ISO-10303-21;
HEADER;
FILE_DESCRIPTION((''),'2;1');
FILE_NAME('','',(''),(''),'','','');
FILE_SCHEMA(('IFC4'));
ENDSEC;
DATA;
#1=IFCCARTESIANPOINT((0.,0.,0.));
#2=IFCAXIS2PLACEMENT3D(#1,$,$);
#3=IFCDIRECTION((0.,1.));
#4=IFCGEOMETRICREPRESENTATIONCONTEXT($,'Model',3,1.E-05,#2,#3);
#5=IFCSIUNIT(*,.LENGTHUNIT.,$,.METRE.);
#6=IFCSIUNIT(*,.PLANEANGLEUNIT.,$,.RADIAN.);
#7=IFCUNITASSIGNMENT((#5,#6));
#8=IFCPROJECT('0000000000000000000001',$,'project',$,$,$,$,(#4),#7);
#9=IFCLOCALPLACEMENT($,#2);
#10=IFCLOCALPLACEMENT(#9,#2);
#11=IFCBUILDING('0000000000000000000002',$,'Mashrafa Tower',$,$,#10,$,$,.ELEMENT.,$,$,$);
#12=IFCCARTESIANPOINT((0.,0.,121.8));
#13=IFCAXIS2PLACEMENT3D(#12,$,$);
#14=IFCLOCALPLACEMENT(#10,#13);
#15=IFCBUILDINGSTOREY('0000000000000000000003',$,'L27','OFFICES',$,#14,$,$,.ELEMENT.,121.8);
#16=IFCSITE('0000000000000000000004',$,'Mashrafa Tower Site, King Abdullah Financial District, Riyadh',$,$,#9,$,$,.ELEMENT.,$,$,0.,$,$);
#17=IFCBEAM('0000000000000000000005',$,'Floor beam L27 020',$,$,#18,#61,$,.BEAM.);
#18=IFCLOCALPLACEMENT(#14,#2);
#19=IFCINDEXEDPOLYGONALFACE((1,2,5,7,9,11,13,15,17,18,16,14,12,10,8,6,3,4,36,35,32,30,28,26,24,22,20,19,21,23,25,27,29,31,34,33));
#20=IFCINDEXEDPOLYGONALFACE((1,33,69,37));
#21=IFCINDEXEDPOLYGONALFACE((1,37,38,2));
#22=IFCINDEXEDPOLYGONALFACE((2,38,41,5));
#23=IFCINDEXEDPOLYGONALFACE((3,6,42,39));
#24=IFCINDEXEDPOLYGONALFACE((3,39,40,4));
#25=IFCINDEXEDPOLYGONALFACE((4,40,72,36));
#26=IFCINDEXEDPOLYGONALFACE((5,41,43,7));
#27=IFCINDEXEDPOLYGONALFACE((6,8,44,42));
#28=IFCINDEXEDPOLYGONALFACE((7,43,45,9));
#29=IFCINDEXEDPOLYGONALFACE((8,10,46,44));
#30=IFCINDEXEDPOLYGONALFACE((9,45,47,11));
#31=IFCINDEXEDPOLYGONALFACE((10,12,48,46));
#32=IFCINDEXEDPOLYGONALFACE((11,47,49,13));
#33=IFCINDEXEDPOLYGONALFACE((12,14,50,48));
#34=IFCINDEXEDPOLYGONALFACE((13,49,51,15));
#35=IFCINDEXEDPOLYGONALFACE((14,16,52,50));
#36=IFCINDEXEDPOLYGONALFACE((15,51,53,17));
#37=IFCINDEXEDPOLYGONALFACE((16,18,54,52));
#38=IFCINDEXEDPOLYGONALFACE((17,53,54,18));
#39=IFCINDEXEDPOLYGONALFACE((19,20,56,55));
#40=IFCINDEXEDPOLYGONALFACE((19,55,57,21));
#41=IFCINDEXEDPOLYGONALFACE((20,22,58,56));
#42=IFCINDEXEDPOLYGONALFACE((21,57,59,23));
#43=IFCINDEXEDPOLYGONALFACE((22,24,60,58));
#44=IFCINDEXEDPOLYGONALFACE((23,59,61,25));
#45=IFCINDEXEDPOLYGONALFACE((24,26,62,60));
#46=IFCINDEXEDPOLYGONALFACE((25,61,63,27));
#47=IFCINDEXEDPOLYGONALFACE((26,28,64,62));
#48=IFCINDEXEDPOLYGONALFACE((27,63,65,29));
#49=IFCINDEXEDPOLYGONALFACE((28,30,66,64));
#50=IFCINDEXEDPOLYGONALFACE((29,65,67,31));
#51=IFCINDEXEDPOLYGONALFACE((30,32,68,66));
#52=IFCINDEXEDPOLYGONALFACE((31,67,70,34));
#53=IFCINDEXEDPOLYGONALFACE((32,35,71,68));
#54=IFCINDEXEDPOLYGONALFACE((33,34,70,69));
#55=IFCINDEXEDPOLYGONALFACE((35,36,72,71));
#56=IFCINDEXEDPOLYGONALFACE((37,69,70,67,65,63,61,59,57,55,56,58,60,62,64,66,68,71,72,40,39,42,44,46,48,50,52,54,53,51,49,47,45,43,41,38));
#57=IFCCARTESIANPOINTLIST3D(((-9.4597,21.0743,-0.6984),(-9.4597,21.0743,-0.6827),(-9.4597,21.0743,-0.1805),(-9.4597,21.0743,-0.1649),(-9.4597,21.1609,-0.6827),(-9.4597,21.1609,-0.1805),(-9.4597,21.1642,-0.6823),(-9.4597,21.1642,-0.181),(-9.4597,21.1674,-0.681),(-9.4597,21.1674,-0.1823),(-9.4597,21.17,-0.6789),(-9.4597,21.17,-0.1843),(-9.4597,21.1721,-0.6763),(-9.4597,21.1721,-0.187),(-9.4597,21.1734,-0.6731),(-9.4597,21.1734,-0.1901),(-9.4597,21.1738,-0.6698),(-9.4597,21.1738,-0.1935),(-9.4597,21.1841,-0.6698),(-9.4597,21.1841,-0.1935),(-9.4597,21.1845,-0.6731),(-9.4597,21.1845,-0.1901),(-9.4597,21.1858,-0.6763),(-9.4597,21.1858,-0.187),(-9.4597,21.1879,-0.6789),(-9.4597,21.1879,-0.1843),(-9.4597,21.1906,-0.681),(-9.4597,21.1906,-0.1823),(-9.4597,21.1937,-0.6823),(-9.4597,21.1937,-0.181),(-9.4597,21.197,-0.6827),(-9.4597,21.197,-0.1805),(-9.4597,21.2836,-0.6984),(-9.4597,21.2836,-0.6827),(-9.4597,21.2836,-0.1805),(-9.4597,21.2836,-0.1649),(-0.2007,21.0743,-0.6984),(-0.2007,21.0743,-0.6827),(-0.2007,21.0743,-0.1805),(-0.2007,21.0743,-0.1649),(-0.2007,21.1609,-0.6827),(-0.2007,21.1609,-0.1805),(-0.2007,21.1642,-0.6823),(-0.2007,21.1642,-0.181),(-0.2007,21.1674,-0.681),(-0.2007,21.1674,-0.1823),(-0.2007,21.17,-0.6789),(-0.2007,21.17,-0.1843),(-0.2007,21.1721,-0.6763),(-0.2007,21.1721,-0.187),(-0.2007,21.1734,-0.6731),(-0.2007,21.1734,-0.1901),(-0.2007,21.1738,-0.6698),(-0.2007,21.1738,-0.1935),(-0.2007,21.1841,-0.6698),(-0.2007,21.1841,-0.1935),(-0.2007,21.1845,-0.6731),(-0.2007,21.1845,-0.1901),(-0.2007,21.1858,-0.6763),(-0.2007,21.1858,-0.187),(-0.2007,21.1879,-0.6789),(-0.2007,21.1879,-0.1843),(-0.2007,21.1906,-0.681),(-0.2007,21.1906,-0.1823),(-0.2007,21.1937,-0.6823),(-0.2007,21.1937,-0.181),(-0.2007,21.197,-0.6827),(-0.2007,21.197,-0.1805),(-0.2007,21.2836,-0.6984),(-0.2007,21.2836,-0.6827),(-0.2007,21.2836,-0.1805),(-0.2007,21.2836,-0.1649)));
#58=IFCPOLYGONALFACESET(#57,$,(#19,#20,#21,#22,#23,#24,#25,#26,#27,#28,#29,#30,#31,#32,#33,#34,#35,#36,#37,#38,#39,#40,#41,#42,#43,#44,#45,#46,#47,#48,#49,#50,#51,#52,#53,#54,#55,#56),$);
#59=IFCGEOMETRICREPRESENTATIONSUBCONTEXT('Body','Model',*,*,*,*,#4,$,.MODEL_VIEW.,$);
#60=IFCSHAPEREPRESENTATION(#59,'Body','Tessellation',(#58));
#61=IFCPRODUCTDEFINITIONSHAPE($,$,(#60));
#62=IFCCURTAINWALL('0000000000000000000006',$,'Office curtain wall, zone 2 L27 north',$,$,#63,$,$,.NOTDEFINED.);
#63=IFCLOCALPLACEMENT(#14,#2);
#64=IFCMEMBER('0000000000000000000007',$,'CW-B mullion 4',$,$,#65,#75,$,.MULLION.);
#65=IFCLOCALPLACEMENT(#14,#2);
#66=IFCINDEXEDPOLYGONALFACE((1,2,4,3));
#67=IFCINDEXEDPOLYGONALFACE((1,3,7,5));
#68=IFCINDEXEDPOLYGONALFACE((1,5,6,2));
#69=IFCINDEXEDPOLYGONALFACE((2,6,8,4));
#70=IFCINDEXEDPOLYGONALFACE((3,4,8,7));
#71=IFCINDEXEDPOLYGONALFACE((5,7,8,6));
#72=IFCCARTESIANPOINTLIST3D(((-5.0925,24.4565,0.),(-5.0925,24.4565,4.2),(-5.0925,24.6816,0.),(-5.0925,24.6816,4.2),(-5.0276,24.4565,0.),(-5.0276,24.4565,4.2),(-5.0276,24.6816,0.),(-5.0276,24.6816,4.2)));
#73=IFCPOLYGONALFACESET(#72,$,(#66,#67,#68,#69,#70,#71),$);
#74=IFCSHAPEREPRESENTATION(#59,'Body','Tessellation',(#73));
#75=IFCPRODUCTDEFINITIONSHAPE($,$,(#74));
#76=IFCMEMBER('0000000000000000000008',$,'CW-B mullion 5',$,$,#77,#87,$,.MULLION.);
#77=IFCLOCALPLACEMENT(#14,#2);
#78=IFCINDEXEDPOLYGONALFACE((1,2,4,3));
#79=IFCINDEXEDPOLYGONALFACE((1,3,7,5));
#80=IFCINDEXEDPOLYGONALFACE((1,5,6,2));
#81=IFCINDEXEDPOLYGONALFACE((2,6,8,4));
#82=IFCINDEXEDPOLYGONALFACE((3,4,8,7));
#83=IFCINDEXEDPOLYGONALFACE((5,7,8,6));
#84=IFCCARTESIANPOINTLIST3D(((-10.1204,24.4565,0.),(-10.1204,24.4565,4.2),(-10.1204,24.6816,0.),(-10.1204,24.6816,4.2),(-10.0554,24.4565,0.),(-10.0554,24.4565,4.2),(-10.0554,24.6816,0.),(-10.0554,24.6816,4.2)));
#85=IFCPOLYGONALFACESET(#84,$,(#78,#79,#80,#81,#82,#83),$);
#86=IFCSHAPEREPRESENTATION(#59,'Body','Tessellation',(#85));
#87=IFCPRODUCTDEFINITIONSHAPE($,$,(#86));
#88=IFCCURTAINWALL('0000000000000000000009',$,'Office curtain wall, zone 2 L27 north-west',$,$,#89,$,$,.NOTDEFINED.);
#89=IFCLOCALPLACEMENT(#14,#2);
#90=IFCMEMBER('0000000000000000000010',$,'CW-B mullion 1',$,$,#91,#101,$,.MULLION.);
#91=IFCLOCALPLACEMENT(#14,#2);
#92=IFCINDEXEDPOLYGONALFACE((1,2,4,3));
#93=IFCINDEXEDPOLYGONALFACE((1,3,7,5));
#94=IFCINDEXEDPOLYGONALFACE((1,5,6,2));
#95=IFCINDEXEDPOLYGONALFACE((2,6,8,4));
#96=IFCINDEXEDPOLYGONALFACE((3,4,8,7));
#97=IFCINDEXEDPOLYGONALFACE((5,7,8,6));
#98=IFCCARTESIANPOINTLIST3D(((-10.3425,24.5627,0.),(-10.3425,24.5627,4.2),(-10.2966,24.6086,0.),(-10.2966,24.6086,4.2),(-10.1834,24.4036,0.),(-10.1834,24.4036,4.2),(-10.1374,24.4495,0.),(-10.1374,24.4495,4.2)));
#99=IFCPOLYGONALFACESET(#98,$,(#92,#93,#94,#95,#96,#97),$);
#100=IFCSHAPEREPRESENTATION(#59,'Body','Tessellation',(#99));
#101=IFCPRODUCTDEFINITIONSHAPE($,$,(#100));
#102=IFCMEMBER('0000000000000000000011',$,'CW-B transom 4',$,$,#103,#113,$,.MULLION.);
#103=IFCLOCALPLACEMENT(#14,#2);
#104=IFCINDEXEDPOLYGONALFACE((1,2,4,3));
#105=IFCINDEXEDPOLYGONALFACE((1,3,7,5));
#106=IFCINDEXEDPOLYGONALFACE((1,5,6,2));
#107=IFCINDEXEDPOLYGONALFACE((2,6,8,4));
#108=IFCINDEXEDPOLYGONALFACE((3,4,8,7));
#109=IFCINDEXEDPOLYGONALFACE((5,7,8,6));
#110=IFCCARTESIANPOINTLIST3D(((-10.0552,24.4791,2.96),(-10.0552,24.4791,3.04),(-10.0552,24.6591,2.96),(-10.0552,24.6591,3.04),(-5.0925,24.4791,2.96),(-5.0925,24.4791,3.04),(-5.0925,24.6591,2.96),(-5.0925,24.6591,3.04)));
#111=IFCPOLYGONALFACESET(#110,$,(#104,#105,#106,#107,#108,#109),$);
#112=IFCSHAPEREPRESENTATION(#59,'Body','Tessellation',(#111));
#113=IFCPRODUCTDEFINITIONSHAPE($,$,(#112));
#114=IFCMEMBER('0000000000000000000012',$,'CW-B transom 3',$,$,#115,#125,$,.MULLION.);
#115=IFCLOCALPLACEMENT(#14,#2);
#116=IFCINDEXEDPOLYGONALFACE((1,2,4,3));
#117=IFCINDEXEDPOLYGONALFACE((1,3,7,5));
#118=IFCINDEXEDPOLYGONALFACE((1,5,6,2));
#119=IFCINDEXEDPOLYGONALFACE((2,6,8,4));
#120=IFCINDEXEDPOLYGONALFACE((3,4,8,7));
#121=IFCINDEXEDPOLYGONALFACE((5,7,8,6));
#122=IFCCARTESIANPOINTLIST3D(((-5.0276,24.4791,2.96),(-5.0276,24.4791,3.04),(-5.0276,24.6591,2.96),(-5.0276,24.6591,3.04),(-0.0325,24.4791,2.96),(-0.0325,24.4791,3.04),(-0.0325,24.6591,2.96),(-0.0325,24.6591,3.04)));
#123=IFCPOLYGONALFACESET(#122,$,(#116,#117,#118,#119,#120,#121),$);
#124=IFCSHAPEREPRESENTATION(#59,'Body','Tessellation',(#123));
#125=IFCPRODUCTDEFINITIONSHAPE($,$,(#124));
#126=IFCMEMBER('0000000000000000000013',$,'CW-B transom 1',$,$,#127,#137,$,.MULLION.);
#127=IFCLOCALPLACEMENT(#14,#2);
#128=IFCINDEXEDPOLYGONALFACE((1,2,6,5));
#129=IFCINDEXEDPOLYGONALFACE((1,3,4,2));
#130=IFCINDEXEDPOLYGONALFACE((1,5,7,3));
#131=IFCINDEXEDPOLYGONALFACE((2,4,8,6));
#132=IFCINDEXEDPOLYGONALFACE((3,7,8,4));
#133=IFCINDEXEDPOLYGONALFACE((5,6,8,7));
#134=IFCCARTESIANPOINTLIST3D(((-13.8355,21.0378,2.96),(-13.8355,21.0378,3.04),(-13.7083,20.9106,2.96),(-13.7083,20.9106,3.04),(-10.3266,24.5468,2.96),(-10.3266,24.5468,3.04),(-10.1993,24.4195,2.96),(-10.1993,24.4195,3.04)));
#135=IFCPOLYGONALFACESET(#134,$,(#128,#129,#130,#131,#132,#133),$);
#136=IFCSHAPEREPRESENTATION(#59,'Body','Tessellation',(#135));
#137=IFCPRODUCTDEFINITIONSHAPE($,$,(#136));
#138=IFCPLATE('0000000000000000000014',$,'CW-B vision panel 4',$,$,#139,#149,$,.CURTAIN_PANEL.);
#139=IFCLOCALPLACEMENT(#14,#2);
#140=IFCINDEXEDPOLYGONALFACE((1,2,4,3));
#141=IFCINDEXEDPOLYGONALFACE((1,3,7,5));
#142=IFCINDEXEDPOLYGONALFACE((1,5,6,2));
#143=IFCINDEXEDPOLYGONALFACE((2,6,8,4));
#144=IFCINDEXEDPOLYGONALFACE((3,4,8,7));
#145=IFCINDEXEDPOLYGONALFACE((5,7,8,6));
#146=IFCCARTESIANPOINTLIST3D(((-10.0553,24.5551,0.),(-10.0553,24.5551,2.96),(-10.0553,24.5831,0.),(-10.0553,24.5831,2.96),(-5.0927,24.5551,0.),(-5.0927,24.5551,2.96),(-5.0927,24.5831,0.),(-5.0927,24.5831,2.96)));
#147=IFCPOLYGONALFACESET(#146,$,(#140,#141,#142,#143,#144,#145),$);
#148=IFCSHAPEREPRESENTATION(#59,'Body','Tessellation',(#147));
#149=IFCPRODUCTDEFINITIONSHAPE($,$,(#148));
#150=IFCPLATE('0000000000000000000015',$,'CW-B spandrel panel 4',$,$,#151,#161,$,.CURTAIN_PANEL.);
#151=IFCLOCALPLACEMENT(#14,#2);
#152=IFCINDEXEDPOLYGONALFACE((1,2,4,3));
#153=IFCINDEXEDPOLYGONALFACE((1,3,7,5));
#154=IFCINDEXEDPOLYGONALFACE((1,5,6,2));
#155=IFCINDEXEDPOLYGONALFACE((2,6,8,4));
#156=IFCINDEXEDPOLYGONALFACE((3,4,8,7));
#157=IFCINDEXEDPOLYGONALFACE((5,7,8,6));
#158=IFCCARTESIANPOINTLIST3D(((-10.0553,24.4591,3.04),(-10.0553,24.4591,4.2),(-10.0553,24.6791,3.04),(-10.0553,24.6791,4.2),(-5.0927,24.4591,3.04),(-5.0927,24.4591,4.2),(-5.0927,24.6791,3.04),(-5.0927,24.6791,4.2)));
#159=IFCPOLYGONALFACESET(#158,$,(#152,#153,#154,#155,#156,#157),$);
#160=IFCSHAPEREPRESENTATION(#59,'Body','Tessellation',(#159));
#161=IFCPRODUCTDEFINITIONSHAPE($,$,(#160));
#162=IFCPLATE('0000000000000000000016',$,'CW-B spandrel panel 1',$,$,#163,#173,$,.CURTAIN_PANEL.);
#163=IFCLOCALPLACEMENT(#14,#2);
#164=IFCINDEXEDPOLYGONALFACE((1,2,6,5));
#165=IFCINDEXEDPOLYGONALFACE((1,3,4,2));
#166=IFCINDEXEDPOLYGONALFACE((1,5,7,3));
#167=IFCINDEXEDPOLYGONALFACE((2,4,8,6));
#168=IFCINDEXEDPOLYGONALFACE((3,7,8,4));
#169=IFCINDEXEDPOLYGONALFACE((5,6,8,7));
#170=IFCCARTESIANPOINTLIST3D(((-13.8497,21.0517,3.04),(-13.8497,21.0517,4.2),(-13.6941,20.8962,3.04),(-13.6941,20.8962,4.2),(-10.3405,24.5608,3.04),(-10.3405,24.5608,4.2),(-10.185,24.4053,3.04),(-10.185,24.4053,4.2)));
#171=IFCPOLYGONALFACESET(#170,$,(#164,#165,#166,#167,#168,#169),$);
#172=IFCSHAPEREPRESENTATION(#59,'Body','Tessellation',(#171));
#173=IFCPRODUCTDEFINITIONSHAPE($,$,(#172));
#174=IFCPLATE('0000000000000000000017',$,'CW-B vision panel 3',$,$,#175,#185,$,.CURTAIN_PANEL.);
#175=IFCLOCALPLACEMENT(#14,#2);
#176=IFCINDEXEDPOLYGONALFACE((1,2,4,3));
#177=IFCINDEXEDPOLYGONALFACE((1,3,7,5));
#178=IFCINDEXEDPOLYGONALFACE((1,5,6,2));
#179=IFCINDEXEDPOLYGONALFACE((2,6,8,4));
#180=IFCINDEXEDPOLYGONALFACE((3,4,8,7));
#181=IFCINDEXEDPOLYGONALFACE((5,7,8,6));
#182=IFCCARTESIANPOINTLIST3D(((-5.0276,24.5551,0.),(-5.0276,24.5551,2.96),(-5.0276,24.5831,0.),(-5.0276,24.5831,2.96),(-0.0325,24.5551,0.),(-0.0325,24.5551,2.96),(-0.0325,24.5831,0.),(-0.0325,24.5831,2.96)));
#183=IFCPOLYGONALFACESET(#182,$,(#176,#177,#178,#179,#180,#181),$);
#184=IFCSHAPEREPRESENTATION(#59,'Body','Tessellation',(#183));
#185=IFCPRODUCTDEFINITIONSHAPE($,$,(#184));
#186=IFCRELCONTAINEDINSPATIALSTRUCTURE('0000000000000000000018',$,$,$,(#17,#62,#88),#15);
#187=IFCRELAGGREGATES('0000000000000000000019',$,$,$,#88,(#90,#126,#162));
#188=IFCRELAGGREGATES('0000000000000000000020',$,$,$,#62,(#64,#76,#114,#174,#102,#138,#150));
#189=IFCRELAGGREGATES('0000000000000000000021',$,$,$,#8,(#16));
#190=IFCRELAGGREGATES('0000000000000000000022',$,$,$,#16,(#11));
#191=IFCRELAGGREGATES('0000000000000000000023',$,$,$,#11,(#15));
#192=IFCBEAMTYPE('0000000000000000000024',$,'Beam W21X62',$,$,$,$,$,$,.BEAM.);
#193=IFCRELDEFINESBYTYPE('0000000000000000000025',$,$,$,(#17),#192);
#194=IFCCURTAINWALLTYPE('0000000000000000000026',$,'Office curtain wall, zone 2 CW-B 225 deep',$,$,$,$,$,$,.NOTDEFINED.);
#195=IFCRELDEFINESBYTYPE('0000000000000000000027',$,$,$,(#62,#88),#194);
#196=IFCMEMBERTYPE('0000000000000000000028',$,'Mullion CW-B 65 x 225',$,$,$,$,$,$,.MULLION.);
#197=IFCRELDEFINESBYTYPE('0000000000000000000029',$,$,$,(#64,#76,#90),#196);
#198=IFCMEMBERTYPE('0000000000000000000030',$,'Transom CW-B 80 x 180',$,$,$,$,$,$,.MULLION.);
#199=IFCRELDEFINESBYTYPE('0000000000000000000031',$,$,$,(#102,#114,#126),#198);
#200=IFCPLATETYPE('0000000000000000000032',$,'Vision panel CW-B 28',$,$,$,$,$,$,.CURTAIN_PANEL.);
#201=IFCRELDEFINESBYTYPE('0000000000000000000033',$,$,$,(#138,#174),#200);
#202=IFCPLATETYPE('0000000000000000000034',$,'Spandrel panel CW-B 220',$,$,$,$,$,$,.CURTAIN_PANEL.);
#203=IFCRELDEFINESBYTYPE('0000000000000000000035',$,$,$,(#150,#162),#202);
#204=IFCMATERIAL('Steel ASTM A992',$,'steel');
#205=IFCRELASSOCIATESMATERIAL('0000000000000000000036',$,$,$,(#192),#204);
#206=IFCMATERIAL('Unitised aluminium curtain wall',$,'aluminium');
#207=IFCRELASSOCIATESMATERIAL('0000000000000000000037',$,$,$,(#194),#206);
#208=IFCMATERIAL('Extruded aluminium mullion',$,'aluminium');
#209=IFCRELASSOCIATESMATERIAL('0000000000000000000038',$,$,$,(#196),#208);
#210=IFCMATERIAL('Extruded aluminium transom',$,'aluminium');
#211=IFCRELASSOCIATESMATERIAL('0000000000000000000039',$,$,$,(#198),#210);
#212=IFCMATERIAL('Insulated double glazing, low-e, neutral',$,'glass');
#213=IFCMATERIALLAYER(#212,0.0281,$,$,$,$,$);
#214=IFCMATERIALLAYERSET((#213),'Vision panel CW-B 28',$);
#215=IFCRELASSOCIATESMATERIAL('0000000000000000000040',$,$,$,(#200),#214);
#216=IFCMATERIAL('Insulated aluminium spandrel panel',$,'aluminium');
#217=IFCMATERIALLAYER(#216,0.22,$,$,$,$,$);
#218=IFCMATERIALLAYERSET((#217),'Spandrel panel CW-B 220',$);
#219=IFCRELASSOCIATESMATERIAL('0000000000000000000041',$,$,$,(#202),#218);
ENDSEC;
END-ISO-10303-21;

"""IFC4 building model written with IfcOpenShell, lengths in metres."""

from ifc_helpers import new_model, si_unit, direction, frame, origin, origin_2d, place, context, subcontext, project, spatial, rectangle, i_section, extrude, source, transform, mapped, material, layer, layer_set, material_profile, profile_set, type_object, type_shapes, element, aggregate, save


model = new_model("IFC4")

# Units and contexts
model_context = context("Model", 3, precision=1e-05, world=origin(), true_north=direction((0.0, 1.0)))
body_context = subcontext(model_context, "Body", "Model", "MODEL_VIEW")
ifc_project = project(units=[si_unit("LENGTHUNIT", "METRE"), si_unit("PLANEANGLEUNIT", "RADIAN")], contexts=[model_context])

# Site, building, storey
site_placement = place(None, origin())
site = spatial("IfcSite", under=ifc_project, at=site_placement, Name="Mashrafa Tower Site, King Abdullah Financial District, Riyadh", CompositionType="ELEMENT", RefElevation=0.0)
building_placement = place(site_placement, origin())
building = spatial("IfcBuilding", under=site, at=building_placement, Name="Mashrafa Tower", CompositionType="ELEMENT")
storey_placement = place(building_placement, frame((0.0, 0.0, 121.8)))
storey = spatial("IfcBuildingStorey", under=building, at=storey_placement, Name="L27", Description="OFFICES", CompositionType="ELEMENT", Elevation=121.8)

# Beam
ifc_material_1 = material(Name="Steel ASTM A992", Category="steel")
ifc_material_profile_1 = material_profile(ifc_material_1, i_section(OverallWidth=0.2092, OverallDepth=0.5334, WebThickness=0.0103, FlangeThickness=0.0156, FilletRadius=0.0129, at=origin_2d()), Name="W21X62")
ifc_profile_set_1 = profile_set([ifc_material_profile_1], Name="Steel ASTM A992")
beam_type_1 = type_object("IfcBeamType", Name="Beam W21X62", PredefinedType="BEAM", material=ifc_profile_set_1)
beam_1_placement = place(storey_placement, frame((-9.4597, 21.179, -0.4316), z_axis=(1.0, 0.0, 0.0), x_axis=(0.0, 1.0, 0.0)))
element("IfcBeam", 1, at=beam_1_placement, inside=storey, type_object=beam_type_1, Name="Floor beam L27 020", PredefinedType="BEAM", context=body_context, shape_type="SweptSolid", body=[
    extrude(i_section(OverallWidth=0.2092, OverallDepth=0.5334, WebThickness=0.0103, FlangeThickness=0.0156, FilletRadius=0.0129, at=origin_2d()), origin(), (0.0, 0.0, 1.0), 9.259),
])

# Curtain wall, members
ifc_material_2 = material(Name="Unitised aluminium curtain wall", Category="aluminium")
curtain_wall_type = type_object("IfcCurtainWallType", Name="Office curtain wall, zone 2 CW-B 225 deep", PredefinedType="NOTDEFINED", material=ifc_material_2)
curtain_wall_1_placement = place(storey_placement, origin())
curtain_wall_1 = element("IfcCurtainWall", 2, at=curtain_wall_1_placement, inside=storey, type_object=curtain_wall_type, Name="Office curtain wall, zone 2 L27 north", PredefinedType="NOTDEFINED")
ifc_material_3 = material(Name="Extruded aluminium mullion", Category="aluminium")
ifc_material_profile_2 = material_profile(ifc_material_3, rectangle(XDim=0.2251, YDim=0.0649, at=origin_2d()), Name="Mullion 65x225")
ifc_profile_set_2 = profile_set([ifc_material_profile_2], Name="Extruded aluminium mullion")
member_type_1 = type_object("IfcMemberType", Name="Mullion CW-B 65 x 225", PredefinedType="MULLION", material=ifc_profile_set_2)
shared_shape_1 = source(origin(), body_context, "Body", "SweptSolid", [
    extrude(rectangle(XDim=0.2251, YDim=0.0649, at=origin_2d()), origin(), (0.0, 0.0, 1.0), 4.2),
])
type_shapes(member_type_1, [shared_shape_1])
member_1_placement = place(storey_placement, frame((-5.0601, 24.5691, 0.0), z_axis=(0.0, 0.0, 1.0), x_axis=(0.0, -1.0, 0.0)))
member_1 = element("IfcMember", 3, at=member_1_placement, type_object=member_type_1, Name="CW-B mullion 4", PredefinedType="MULLION", context=body_context, shape_type="MappedRepresentation", body=[
    mapped(shared_shape_1, transform((0.0, 0.0, 0.0))),
])
member_2_placement = place(storey_placement, frame((-10.0879, 24.5691, 0.0), z_axis=(0.0, 0.0, 1.0), x_axis=(0.0, -1.0, 0.0)))
member_2 = element("IfcMember", 4, at=member_2_placement, type_object=member_type_1, Name="CW-B mullion 5", PredefinedType="MULLION", context=body_context, shape_type="MappedRepresentation", body=[
    mapped(shared_shape_1, transform((0.0, 0.0, 0.0))),
])

# Curtain wall, member
curtain_wall_2_placement = place(storey_placement, origin())
curtain_wall_2 = element("IfcCurtainWall", 5, at=curtain_wall_2_placement, inside=storey, type_object=curtain_wall_type, Name="Office curtain wall, zone 2 L27 north-west", PredefinedType="NOTDEFINED")
member_3_placement = place(storey_placement, frame((-10.24, 24.5061, 0.0), z_axis=(0.0, 0.0, 1.0), x_axis=(0.707107, -0.707107, 0.0)))
member_3 = element("IfcMember", 6, at=member_3_placement, type_object=member_type_1, Name="CW-B mullion 1", PredefinedType="MULLION", context=body_context, shape_type="MappedRepresentation", body=[
    mapped(shared_shape_1, transform((0.0, 0.0, 0.0))),
])

# Members
ifc_material_4 = material(Name="Extruded aluminium transom", Category="aluminium")
ifc_material_profile_3 = material_profile(ifc_material_4, rectangle(XDim=0.1799, YDim=0.0801, at=origin_2d()), Name="Transom 80x180")
ifc_profile_set_3 = profile_set([ifc_material_profile_3], Name="Extruded aluminium transom")
member_type_2 = type_object("IfcMemberType", Name="Transom CW-B 80 x 180", PredefinedType="MULLION", material=ifc_profile_set_3)
shared_shape_2 = source(origin(), body_context, "Body", "SweptSolid", [
    extrude(rectangle(XDim=0.1799, YDim=0.0801, at=origin_2d()), origin(), (0.0, 0.0, 1.0), 4.9626),
])
member_4_placement = place(storey_placement, frame((-5.0925, 24.5691, 3.0), z_axis=(-1.0, 0.0, 0.0), x_axis=(0.0, -1.0, 0.0)))
member_4 = element("IfcMember", 7, at=member_4_placement, type_object=member_type_2, Name="CW-B transom 4", PredefinedType="MULLION", context=body_context, shape_type="MappedRepresentation", body=[
    mapped(shared_shape_2, transform((0.0, 0.0, 0.0))),
])
shared_shape_3 = source(origin(), body_context, "Body", "SweptSolid", [
    extrude(rectangle(XDim=0.1799, YDim=0.0801, at=origin_2d()), origin(), (0.0, 0.0, 1.0), 4.9951),
])
member_5_placement = place(storey_placement, frame((-0.0325, 24.5691, 3.0), z_axis=(-1.0, 0.0, 0.0), x_axis=(0.0, -1.0, 0.0)))
member_5 = element("IfcMember", 8, at=member_5_placement, type_object=member_type_2, Name="CW-B transom 3", PredefinedType="MULLION", context=body_context, shape_type="MappedRepresentation", body=[
    mapped(shared_shape_3, transform((0.0, 0.0, 0.0))),
])
shared_shape_4 = source(origin(), body_context, "Body", "SweptSolid", [
    extrude(rectangle(XDim=0.1799, YDim=0.0801, at=origin_2d()), origin(), (0.0, 0.0, 1.0), 4.9624),
])
type_shapes(member_type_2, [shared_shape_2, shared_shape_3, shared_shape_4])
member_6_placement = place(storey_placement, frame((-10.2629, 24.4832, 3.0), z_axis=(-0.707107, -0.707107, 0.0), x_axis=(0.707107, -0.707107, 0.0)))
member_6 = element("IfcMember", 9, at=member_6_placement, type_object=member_type_2, Name="CW-B transom 1", PredefinedType="MULLION", context=body_context, shape_type="MappedRepresentation", body=[
    mapped(shared_shape_4, transform((0.0, 0.0, 0.0))),
])

# Plates
ifc_material_5 = material(Name="Insulated double glazing, low-e, neutral", Category="glass")
ifc_layer_1 = layer(ifc_material_5, 0.0281)
ifc_layer_set_1 = layer_set([ifc_layer_1], Name="Vision panel CW-B 28")
plate_type_1 = type_object("IfcPlateType", Name="Vision panel CW-B 28", PredefinedType="CURTAIN_PANEL", material=ifc_layer_set_1)
shared_shape_5 = source(origin(), body_context, "Body", "SweptSolid", [
    extrude(rectangle(XDim=4.9626, YDim=0.0281, at=origin_2d()), origin(), (0.0, 0.0, 1.0), 2.96),
])
plate_1_placement = place(storey_placement, frame((-7.574, 24.5691, 0.0), z_axis=(0.0, 0.0, 1.0), x_axis=(-1.0, 0.0, 0.0)))
plate_1 = element("IfcPlate", 10, at=plate_1_placement, type_object=plate_type_1, Name="CW-B vision panel 4", PredefinedType="CURTAIN_PANEL", context=body_context, shape_type="MappedRepresentation", body=[
    mapped(shared_shape_5, transform((0.0, 0.0, 0.0))),
])
ifc_material_6 = material(Name="Insulated aluminium spandrel panel", Category="aluminium")
ifc_layer_2 = layer(ifc_material_6, 0.22)
ifc_layer_set_2 = layer_set([ifc_layer_2], Name="Spandrel panel CW-B 220")
plate_type_2 = type_object("IfcPlateType", Name="Spandrel panel CW-B 220", PredefinedType="CURTAIN_PANEL", material=ifc_layer_set_2)
shared_shape_6 = source(origin(), body_context, "Body", "SweptSolid", [
    extrude(rectangle(XDim=4.9626, YDim=0.22, at=origin_2d()), origin(), (0.0, 0.0, 1.0), 1.1599),
])
plate_2_placement = place(storey_placement, frame((-7.574, 24.5691, 3.04), z_axis=(0.0, 0.0, 1.0), x_axis=(-1.0, 0.0, 0.0)))
plate_2 = element("IfcPlate", 11, at=plate_2_placement, type_object=plate_type_2, Name="CW-B spandrel panel 4", PredefinedType="CURTAIN_PANEL", context=body_context, shape_type="MappedRepresentation", body=[
    mapped(shared_shape_6, transform((0.0, 0.0, 0.0))),
])
plate_3_placement = place(storey_placement, frame((-12.0173, 22.7285, 3.04), z_axis=(0.0, 0.0, 1.0), x_axis=(-0.707107, -0.707107, 0.0)))
plate_3 = element("IfcPlate", 12, at=plate_3_placement, type_object=plate_type_2, Name="CW-B spandrel panel 1", PredefinedType="CURTAIN_PANEL", context=body_context, shape_type="MappedRepresentation", body=[
    mapped(shared_shape_6, transform((0.0, 0.0, 0.0))),
])
aggregate(curtain_wall_2, [member_3, member_6, plate_3])
shared_shape_7 = source(origin(), body_context, "Body", "SweptSolid", [
    extrude(rectangle(XDim=4.9951, YDim=0.0281, at=origin_2d()), origin(), (0.0, 0.0, 1.0), 2.96),
])
type_shapes(plate_type_1, [shared_shape_5, shared_shape_7])
plate_4_placement = place(storey_placement, frame((-2.53, 24.5691, 0.0), z_axis=(0.0, 0.0, 1.0), x_axis=(-1.0, 0.0, 0.0)))
plate_4 = element("IfcPlate", 13, at=plate_4_placement, type_object=plate_type_1, Name="CW-B vision panel 3", PredefinedType="CURTAIN_PANEL", context=body_context, shape_type="MappedRepresentation", body=[
    mapped(shared_shape_7, transform((0.0, 0.0, 0.0))),
])
aggregate(curtain_wall_1, [member_1, member_2, member_5, plate_4, member_4, plate_1, plate_2])

save(model, "model.ifc")
